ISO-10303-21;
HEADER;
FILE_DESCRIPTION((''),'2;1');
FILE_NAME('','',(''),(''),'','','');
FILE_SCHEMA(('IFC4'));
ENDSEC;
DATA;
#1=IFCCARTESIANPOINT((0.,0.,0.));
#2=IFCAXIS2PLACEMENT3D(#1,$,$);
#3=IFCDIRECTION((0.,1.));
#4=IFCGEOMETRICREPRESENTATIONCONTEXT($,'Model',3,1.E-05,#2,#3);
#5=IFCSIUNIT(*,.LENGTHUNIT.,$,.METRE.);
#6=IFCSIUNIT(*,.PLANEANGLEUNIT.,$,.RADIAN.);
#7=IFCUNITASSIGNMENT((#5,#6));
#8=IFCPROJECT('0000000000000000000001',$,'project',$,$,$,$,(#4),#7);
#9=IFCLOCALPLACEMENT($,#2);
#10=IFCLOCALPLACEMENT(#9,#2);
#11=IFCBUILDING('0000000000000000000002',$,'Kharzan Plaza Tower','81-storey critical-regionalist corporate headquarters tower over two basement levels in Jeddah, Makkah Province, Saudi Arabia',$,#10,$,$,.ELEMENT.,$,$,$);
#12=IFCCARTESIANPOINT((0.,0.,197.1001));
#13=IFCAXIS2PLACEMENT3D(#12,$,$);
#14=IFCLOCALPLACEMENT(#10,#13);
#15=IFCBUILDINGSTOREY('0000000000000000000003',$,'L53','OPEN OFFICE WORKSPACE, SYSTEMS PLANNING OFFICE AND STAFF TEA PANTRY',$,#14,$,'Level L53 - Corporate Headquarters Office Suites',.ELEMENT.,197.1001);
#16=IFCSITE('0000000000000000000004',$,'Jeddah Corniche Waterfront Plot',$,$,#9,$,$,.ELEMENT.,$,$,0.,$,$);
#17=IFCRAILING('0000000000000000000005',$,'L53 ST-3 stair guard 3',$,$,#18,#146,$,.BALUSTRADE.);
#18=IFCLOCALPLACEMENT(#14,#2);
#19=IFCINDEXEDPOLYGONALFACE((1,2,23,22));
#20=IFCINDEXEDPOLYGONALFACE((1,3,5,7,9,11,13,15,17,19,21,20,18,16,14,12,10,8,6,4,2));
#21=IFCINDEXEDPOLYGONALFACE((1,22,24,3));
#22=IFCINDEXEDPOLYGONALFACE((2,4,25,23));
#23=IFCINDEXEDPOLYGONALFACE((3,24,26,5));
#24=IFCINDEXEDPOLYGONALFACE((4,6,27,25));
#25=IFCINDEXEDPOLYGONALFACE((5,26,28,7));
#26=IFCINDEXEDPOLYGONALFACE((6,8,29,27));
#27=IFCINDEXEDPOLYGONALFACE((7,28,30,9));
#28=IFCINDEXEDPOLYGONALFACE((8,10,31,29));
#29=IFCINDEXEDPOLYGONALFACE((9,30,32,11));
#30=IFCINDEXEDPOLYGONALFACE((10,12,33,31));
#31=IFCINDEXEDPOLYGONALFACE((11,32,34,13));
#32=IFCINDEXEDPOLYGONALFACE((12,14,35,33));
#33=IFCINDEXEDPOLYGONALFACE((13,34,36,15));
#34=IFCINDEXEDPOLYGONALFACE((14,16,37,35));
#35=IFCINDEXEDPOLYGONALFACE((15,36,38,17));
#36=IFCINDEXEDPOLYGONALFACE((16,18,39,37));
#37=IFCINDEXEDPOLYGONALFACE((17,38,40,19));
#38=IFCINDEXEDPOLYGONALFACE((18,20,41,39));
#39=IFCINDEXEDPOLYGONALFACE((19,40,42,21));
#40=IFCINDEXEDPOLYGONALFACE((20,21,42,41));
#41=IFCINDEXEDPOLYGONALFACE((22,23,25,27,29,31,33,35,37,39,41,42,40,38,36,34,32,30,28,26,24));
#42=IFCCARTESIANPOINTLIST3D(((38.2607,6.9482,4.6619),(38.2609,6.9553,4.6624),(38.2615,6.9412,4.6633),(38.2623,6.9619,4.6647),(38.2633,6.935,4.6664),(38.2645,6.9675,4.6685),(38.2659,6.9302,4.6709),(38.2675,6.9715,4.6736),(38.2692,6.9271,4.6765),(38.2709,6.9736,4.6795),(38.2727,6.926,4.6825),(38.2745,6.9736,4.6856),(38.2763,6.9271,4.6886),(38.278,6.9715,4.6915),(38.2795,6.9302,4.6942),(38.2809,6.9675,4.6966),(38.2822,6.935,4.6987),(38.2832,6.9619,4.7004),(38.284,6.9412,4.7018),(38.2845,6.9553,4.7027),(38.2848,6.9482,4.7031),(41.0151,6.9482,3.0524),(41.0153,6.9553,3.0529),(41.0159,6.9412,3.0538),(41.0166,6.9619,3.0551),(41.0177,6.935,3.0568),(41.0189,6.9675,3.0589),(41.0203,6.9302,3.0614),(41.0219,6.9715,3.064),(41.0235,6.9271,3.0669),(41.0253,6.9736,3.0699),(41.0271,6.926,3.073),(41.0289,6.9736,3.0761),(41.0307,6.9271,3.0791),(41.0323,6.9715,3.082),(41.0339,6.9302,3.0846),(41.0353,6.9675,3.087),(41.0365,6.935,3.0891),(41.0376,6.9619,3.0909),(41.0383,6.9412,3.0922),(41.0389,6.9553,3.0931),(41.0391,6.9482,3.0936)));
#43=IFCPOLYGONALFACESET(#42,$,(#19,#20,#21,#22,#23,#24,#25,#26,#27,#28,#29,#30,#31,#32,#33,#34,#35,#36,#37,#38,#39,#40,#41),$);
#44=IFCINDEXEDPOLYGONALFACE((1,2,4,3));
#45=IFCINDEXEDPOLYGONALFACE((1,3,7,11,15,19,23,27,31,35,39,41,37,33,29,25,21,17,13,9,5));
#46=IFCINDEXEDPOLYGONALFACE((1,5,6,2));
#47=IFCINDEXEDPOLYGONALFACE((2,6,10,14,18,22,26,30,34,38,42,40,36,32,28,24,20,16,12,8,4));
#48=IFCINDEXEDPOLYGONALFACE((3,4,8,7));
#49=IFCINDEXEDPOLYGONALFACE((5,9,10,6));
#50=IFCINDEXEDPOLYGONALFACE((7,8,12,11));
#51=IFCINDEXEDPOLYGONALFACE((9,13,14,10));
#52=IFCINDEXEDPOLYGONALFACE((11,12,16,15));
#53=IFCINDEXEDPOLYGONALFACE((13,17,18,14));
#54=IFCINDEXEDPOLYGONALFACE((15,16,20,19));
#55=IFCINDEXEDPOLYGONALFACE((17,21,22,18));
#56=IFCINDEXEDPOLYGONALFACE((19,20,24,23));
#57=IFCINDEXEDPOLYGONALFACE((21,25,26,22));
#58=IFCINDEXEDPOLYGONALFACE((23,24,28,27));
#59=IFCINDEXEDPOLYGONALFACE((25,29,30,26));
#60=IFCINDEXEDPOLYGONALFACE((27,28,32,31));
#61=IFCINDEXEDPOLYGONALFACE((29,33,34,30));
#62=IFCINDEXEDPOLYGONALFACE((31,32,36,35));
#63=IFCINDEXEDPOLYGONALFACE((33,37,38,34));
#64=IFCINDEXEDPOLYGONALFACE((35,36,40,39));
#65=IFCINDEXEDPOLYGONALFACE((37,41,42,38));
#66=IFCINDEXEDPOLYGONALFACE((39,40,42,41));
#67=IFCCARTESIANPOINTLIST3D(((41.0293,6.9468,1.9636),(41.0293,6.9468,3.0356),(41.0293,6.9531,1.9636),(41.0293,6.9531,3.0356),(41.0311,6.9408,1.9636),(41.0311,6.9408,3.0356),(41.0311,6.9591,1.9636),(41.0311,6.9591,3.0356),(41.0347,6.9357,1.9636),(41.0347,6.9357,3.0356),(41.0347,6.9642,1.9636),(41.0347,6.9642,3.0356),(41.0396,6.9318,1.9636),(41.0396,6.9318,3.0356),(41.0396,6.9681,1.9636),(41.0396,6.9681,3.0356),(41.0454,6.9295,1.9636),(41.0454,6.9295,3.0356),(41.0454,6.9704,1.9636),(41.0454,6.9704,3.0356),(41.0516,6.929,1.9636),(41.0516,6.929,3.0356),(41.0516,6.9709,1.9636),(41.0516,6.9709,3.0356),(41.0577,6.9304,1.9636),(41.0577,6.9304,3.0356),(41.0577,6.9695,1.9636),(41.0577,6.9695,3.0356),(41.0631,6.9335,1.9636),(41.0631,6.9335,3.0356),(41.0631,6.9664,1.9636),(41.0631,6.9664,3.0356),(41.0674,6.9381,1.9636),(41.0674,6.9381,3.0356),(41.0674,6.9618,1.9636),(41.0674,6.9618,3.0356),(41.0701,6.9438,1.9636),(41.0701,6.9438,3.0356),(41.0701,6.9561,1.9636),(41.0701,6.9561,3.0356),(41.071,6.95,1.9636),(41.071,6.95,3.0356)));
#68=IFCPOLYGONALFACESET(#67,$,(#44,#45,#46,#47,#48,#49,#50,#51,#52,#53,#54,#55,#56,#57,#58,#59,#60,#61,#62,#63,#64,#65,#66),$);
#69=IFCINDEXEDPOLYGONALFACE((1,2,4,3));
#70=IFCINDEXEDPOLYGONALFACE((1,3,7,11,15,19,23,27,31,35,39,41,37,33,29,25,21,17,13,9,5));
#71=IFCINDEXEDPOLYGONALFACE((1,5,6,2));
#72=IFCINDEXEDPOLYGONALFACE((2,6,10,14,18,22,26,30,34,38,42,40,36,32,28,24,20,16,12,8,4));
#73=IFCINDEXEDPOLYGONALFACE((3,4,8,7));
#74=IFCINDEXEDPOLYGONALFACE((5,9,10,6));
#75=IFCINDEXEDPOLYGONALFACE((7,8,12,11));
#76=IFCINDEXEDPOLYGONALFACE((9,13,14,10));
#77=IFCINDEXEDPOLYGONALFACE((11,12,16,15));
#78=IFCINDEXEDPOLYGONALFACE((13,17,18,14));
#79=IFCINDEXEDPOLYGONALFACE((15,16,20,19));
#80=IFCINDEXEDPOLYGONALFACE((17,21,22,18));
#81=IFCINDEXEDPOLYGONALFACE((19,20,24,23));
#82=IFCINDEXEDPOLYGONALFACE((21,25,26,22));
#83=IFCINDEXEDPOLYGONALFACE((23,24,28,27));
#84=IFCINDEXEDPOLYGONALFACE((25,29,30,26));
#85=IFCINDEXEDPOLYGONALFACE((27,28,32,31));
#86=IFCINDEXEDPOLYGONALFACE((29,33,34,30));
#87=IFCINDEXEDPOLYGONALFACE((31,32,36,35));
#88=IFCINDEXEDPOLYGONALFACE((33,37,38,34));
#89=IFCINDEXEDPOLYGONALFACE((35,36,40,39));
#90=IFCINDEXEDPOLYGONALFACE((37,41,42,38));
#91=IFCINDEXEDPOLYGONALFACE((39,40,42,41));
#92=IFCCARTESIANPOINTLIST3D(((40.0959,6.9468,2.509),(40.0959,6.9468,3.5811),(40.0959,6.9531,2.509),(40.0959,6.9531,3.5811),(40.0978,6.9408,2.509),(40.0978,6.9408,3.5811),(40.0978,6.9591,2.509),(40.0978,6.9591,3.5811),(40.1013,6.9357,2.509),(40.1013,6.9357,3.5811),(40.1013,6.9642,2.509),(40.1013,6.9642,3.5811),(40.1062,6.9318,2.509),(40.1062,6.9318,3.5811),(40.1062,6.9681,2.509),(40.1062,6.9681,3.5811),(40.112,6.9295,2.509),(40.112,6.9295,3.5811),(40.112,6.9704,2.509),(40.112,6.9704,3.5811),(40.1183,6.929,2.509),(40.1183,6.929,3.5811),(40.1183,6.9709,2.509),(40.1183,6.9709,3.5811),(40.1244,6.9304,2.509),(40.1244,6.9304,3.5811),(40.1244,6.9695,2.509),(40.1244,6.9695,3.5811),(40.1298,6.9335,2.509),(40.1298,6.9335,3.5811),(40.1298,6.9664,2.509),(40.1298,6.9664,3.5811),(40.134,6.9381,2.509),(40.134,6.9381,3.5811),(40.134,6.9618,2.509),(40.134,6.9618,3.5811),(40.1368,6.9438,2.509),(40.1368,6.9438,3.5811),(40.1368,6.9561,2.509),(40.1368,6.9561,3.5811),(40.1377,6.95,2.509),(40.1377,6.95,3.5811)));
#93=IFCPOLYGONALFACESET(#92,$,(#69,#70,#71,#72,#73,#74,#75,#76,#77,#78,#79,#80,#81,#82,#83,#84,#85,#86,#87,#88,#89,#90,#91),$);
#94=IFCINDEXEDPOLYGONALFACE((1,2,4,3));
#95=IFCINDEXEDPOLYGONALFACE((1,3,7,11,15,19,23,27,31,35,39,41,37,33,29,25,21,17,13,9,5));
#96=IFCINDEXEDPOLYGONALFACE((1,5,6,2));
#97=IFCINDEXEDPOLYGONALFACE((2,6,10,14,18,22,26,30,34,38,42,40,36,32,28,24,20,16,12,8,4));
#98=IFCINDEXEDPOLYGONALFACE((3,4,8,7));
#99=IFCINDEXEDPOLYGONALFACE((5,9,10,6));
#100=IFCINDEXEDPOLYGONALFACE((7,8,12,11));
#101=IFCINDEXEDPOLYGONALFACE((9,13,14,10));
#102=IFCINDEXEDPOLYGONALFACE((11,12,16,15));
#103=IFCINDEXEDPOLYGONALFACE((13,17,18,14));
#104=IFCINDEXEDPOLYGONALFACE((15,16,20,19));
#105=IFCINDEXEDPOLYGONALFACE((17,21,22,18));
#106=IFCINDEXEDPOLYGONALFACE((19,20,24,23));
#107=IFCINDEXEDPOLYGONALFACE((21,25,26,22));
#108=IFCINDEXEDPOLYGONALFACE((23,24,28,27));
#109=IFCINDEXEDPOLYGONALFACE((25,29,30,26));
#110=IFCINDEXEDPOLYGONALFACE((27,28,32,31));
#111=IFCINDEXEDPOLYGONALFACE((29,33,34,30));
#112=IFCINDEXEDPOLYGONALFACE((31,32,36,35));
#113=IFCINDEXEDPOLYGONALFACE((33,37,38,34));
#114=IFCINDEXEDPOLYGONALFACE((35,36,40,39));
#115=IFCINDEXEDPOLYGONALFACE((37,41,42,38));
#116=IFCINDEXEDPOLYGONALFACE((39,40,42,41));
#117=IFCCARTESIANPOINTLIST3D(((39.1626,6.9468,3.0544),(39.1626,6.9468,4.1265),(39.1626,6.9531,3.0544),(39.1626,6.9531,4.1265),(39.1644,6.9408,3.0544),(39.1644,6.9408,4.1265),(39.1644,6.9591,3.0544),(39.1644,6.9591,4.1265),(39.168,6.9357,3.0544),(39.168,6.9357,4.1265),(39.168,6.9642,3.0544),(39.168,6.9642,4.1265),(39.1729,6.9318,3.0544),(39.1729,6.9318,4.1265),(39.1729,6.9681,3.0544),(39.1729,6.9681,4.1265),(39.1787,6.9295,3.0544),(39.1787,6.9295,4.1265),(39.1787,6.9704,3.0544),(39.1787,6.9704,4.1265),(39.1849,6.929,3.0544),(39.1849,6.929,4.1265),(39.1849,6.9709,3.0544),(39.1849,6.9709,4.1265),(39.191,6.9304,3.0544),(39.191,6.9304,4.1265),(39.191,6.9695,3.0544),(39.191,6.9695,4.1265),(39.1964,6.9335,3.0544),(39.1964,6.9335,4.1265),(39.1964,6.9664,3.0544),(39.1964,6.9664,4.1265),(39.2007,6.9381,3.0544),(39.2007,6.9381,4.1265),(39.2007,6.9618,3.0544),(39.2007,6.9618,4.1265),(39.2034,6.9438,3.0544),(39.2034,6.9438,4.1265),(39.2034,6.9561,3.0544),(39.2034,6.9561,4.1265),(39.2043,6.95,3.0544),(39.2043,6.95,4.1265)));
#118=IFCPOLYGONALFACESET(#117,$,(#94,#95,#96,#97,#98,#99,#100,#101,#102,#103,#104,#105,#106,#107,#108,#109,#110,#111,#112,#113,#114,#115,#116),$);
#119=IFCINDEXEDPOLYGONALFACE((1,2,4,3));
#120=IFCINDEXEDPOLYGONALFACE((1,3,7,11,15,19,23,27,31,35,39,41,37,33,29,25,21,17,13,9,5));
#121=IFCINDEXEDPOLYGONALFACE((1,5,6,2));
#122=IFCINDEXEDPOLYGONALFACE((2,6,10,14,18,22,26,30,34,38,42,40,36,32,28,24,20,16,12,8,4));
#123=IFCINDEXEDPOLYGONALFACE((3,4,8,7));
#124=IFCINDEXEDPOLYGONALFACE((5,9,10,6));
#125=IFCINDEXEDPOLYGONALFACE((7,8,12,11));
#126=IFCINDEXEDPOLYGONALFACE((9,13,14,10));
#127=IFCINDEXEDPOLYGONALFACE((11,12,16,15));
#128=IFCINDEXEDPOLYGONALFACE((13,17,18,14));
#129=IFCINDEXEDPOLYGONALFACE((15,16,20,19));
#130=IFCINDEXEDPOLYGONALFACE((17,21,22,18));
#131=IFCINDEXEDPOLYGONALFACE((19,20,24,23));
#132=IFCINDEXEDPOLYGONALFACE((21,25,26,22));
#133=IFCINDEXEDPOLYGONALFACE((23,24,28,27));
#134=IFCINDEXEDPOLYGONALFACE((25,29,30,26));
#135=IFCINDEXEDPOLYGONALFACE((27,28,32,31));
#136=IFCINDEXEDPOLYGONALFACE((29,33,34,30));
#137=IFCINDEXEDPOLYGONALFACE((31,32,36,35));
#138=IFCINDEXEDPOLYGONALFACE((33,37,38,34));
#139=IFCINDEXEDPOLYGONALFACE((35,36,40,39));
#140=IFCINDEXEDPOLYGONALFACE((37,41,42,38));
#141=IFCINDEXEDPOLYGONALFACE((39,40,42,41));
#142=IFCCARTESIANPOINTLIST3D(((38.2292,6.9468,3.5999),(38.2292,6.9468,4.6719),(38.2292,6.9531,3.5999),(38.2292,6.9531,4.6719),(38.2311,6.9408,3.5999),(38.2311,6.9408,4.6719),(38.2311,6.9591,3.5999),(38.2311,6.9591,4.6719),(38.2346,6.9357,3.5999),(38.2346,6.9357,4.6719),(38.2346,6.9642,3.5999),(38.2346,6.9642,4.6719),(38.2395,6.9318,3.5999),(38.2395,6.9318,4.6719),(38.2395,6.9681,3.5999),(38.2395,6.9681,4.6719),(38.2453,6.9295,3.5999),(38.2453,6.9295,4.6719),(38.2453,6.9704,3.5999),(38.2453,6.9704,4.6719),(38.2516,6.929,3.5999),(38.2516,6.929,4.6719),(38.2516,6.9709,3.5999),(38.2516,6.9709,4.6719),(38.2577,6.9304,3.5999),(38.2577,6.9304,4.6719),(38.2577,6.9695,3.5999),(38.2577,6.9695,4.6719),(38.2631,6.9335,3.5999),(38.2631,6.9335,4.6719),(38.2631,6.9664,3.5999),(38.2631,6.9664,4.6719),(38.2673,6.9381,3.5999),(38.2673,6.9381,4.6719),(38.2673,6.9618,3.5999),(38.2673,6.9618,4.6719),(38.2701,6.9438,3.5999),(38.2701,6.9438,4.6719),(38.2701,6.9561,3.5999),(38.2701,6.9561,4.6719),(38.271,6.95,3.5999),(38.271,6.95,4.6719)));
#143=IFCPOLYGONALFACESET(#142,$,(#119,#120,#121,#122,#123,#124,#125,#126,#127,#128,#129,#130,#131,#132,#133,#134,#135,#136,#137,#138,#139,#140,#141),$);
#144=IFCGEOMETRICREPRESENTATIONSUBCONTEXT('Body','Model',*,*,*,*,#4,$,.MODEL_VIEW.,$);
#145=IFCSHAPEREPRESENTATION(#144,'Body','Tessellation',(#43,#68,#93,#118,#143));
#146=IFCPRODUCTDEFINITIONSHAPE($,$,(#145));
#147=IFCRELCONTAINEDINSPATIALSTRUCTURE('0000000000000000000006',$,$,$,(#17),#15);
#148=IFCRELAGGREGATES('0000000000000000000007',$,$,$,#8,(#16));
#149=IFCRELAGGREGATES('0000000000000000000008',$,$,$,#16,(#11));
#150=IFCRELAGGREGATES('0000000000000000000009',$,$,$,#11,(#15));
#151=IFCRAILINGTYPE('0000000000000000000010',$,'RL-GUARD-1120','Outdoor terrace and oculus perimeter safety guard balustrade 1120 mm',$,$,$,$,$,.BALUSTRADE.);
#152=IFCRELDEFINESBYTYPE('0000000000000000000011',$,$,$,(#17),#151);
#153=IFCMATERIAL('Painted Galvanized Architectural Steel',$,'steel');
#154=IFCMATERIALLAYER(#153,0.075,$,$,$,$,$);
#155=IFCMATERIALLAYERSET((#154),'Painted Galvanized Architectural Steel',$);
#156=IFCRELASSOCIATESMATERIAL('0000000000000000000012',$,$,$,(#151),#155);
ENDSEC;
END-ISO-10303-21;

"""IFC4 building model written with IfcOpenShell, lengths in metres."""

from ifc_helpers import new_model, si_unit, direction, frame, origin, origin_2d, place, context, subcontext, project, spatial, circle, extrude, source, transform, mapped, material, layer, layer_set, type_object, element, save


model = new_model("IFC4")

# Units and contexts
model_context = context("Model", 3, precision=1e-05, world=origin(), true_north=direction((0.0, 1.0)))
body_context = subcontext(model_context, "Body", "Model", "MODEL_VIEW")
ifc_project = project(units=[si_unit("LENGTHUNIT", "METRE"), si_unit("PLANEANGLEUNIT", "RADIAN")], contexts=[model_context])

# Site, building, storey
site_placement = place(None, origin())
site = spatial("IfcSite", under=ifc_project, at=site_placement, Name="Jeddah Corniche Waterfront Plot", CompositionType="ELEMENT", RefElevation=0.0)
building_placement = place(site_placement, origin())
building = spatial("IfcBuilding", under=site, at=building_placement, Name="Kharzan Plaza Tower", Description="81-storey critical-regionalist corporate headquarters tower over two basement levels in Jeddah, Makkah Province, Saudi Arabia", CompositionType="ELEMENT")
storey_placement = place(building_placement, frame((0.0, 0.0, 197.1001)))
storey = spatial("IfcBuildingStorey", under=building, at=storey_placement, Name="L53", Description="OPEN OFFICE WORKSPACE, SYSTEMS PLANNING OFFICE AND STAFF TEA PANTRY", LongName="Level L53 - Corporate Headquarters Office Suites", CompositionType="ELEMENT", Elevation=197.1001)

# Railing
ifc_material_1 = material(Name="Painted Galvanized Architectural Steel", Category="steel")
ifc_layer_1 = layer(ifc_material_1, 0.075)
ifc_layer_set_1 = layer_set([ifc_layer_1], Name="Painted Galvanized Architectural Steel")
railing_type_1 = type_object("IfcRailingType", Name="RL-GUARD-1120", Description="Outdoor terrace and oculus perimeter safety guard balustrade 1120 mm", PredefinedType="BALUSTRADE", material=ifc_layer_set_1)
shared_shape_1 = source(origin(), body_context, "Body", "SweptSolid", [
    extrude(circle(Radius=0.0239, at=origin_2d()), frame((-0.0229, 0.0, 1.1094), z_axis=(-0.863394, 0.0, 0.504531), x_axis=(0.0, -1.0, 0.0)), (0.0, 0.0, 1.0), 3.1902),
    extrude(circle(Radius=0.021, at=origin_2d()), origin(), (0.0, 0.0, 1.0), 1.072),
    extrude(circle(Radius=0.021, at=origin_2d()), frame((-0.9333, 0.0, 0.5454)), (0.0, 0.0, 1.0), 1.072),
    extrude(circle(Radius=0.021, at=origin_2d()), frame((-1.8667, 0.0, 1.0908)), (0.0, 0.0, 1.0), 1.072),
    extrude(circle(Radius=0.021, at=origin_2d()), frame((-2.8, 0.0, 1.6362)), (0.0, 0.0, 1.0), 1.072),
])
railing_1_placement = place(storey_placement, frame((41.05, 6.95, 1.9636)))
element("IfcRailing", 1, at=railing_1_placement, inside=storey, type_object=railing_type_1, Name="L53 ST-3 stair guard 3", PredefinedType="BALUSTRADE", context=body_context, shape_type="MappedRepresentation", body=[
    mapped(shared_shape_1, transform((0.0, 0.0, 0.0), x_axis=(1.0, 0.0, 0.0), y_axis=(0.0, 1.0, 0.0), z_axis=(0.0, 0.0, 1.0))),
])

save(model, "model.ifc")
